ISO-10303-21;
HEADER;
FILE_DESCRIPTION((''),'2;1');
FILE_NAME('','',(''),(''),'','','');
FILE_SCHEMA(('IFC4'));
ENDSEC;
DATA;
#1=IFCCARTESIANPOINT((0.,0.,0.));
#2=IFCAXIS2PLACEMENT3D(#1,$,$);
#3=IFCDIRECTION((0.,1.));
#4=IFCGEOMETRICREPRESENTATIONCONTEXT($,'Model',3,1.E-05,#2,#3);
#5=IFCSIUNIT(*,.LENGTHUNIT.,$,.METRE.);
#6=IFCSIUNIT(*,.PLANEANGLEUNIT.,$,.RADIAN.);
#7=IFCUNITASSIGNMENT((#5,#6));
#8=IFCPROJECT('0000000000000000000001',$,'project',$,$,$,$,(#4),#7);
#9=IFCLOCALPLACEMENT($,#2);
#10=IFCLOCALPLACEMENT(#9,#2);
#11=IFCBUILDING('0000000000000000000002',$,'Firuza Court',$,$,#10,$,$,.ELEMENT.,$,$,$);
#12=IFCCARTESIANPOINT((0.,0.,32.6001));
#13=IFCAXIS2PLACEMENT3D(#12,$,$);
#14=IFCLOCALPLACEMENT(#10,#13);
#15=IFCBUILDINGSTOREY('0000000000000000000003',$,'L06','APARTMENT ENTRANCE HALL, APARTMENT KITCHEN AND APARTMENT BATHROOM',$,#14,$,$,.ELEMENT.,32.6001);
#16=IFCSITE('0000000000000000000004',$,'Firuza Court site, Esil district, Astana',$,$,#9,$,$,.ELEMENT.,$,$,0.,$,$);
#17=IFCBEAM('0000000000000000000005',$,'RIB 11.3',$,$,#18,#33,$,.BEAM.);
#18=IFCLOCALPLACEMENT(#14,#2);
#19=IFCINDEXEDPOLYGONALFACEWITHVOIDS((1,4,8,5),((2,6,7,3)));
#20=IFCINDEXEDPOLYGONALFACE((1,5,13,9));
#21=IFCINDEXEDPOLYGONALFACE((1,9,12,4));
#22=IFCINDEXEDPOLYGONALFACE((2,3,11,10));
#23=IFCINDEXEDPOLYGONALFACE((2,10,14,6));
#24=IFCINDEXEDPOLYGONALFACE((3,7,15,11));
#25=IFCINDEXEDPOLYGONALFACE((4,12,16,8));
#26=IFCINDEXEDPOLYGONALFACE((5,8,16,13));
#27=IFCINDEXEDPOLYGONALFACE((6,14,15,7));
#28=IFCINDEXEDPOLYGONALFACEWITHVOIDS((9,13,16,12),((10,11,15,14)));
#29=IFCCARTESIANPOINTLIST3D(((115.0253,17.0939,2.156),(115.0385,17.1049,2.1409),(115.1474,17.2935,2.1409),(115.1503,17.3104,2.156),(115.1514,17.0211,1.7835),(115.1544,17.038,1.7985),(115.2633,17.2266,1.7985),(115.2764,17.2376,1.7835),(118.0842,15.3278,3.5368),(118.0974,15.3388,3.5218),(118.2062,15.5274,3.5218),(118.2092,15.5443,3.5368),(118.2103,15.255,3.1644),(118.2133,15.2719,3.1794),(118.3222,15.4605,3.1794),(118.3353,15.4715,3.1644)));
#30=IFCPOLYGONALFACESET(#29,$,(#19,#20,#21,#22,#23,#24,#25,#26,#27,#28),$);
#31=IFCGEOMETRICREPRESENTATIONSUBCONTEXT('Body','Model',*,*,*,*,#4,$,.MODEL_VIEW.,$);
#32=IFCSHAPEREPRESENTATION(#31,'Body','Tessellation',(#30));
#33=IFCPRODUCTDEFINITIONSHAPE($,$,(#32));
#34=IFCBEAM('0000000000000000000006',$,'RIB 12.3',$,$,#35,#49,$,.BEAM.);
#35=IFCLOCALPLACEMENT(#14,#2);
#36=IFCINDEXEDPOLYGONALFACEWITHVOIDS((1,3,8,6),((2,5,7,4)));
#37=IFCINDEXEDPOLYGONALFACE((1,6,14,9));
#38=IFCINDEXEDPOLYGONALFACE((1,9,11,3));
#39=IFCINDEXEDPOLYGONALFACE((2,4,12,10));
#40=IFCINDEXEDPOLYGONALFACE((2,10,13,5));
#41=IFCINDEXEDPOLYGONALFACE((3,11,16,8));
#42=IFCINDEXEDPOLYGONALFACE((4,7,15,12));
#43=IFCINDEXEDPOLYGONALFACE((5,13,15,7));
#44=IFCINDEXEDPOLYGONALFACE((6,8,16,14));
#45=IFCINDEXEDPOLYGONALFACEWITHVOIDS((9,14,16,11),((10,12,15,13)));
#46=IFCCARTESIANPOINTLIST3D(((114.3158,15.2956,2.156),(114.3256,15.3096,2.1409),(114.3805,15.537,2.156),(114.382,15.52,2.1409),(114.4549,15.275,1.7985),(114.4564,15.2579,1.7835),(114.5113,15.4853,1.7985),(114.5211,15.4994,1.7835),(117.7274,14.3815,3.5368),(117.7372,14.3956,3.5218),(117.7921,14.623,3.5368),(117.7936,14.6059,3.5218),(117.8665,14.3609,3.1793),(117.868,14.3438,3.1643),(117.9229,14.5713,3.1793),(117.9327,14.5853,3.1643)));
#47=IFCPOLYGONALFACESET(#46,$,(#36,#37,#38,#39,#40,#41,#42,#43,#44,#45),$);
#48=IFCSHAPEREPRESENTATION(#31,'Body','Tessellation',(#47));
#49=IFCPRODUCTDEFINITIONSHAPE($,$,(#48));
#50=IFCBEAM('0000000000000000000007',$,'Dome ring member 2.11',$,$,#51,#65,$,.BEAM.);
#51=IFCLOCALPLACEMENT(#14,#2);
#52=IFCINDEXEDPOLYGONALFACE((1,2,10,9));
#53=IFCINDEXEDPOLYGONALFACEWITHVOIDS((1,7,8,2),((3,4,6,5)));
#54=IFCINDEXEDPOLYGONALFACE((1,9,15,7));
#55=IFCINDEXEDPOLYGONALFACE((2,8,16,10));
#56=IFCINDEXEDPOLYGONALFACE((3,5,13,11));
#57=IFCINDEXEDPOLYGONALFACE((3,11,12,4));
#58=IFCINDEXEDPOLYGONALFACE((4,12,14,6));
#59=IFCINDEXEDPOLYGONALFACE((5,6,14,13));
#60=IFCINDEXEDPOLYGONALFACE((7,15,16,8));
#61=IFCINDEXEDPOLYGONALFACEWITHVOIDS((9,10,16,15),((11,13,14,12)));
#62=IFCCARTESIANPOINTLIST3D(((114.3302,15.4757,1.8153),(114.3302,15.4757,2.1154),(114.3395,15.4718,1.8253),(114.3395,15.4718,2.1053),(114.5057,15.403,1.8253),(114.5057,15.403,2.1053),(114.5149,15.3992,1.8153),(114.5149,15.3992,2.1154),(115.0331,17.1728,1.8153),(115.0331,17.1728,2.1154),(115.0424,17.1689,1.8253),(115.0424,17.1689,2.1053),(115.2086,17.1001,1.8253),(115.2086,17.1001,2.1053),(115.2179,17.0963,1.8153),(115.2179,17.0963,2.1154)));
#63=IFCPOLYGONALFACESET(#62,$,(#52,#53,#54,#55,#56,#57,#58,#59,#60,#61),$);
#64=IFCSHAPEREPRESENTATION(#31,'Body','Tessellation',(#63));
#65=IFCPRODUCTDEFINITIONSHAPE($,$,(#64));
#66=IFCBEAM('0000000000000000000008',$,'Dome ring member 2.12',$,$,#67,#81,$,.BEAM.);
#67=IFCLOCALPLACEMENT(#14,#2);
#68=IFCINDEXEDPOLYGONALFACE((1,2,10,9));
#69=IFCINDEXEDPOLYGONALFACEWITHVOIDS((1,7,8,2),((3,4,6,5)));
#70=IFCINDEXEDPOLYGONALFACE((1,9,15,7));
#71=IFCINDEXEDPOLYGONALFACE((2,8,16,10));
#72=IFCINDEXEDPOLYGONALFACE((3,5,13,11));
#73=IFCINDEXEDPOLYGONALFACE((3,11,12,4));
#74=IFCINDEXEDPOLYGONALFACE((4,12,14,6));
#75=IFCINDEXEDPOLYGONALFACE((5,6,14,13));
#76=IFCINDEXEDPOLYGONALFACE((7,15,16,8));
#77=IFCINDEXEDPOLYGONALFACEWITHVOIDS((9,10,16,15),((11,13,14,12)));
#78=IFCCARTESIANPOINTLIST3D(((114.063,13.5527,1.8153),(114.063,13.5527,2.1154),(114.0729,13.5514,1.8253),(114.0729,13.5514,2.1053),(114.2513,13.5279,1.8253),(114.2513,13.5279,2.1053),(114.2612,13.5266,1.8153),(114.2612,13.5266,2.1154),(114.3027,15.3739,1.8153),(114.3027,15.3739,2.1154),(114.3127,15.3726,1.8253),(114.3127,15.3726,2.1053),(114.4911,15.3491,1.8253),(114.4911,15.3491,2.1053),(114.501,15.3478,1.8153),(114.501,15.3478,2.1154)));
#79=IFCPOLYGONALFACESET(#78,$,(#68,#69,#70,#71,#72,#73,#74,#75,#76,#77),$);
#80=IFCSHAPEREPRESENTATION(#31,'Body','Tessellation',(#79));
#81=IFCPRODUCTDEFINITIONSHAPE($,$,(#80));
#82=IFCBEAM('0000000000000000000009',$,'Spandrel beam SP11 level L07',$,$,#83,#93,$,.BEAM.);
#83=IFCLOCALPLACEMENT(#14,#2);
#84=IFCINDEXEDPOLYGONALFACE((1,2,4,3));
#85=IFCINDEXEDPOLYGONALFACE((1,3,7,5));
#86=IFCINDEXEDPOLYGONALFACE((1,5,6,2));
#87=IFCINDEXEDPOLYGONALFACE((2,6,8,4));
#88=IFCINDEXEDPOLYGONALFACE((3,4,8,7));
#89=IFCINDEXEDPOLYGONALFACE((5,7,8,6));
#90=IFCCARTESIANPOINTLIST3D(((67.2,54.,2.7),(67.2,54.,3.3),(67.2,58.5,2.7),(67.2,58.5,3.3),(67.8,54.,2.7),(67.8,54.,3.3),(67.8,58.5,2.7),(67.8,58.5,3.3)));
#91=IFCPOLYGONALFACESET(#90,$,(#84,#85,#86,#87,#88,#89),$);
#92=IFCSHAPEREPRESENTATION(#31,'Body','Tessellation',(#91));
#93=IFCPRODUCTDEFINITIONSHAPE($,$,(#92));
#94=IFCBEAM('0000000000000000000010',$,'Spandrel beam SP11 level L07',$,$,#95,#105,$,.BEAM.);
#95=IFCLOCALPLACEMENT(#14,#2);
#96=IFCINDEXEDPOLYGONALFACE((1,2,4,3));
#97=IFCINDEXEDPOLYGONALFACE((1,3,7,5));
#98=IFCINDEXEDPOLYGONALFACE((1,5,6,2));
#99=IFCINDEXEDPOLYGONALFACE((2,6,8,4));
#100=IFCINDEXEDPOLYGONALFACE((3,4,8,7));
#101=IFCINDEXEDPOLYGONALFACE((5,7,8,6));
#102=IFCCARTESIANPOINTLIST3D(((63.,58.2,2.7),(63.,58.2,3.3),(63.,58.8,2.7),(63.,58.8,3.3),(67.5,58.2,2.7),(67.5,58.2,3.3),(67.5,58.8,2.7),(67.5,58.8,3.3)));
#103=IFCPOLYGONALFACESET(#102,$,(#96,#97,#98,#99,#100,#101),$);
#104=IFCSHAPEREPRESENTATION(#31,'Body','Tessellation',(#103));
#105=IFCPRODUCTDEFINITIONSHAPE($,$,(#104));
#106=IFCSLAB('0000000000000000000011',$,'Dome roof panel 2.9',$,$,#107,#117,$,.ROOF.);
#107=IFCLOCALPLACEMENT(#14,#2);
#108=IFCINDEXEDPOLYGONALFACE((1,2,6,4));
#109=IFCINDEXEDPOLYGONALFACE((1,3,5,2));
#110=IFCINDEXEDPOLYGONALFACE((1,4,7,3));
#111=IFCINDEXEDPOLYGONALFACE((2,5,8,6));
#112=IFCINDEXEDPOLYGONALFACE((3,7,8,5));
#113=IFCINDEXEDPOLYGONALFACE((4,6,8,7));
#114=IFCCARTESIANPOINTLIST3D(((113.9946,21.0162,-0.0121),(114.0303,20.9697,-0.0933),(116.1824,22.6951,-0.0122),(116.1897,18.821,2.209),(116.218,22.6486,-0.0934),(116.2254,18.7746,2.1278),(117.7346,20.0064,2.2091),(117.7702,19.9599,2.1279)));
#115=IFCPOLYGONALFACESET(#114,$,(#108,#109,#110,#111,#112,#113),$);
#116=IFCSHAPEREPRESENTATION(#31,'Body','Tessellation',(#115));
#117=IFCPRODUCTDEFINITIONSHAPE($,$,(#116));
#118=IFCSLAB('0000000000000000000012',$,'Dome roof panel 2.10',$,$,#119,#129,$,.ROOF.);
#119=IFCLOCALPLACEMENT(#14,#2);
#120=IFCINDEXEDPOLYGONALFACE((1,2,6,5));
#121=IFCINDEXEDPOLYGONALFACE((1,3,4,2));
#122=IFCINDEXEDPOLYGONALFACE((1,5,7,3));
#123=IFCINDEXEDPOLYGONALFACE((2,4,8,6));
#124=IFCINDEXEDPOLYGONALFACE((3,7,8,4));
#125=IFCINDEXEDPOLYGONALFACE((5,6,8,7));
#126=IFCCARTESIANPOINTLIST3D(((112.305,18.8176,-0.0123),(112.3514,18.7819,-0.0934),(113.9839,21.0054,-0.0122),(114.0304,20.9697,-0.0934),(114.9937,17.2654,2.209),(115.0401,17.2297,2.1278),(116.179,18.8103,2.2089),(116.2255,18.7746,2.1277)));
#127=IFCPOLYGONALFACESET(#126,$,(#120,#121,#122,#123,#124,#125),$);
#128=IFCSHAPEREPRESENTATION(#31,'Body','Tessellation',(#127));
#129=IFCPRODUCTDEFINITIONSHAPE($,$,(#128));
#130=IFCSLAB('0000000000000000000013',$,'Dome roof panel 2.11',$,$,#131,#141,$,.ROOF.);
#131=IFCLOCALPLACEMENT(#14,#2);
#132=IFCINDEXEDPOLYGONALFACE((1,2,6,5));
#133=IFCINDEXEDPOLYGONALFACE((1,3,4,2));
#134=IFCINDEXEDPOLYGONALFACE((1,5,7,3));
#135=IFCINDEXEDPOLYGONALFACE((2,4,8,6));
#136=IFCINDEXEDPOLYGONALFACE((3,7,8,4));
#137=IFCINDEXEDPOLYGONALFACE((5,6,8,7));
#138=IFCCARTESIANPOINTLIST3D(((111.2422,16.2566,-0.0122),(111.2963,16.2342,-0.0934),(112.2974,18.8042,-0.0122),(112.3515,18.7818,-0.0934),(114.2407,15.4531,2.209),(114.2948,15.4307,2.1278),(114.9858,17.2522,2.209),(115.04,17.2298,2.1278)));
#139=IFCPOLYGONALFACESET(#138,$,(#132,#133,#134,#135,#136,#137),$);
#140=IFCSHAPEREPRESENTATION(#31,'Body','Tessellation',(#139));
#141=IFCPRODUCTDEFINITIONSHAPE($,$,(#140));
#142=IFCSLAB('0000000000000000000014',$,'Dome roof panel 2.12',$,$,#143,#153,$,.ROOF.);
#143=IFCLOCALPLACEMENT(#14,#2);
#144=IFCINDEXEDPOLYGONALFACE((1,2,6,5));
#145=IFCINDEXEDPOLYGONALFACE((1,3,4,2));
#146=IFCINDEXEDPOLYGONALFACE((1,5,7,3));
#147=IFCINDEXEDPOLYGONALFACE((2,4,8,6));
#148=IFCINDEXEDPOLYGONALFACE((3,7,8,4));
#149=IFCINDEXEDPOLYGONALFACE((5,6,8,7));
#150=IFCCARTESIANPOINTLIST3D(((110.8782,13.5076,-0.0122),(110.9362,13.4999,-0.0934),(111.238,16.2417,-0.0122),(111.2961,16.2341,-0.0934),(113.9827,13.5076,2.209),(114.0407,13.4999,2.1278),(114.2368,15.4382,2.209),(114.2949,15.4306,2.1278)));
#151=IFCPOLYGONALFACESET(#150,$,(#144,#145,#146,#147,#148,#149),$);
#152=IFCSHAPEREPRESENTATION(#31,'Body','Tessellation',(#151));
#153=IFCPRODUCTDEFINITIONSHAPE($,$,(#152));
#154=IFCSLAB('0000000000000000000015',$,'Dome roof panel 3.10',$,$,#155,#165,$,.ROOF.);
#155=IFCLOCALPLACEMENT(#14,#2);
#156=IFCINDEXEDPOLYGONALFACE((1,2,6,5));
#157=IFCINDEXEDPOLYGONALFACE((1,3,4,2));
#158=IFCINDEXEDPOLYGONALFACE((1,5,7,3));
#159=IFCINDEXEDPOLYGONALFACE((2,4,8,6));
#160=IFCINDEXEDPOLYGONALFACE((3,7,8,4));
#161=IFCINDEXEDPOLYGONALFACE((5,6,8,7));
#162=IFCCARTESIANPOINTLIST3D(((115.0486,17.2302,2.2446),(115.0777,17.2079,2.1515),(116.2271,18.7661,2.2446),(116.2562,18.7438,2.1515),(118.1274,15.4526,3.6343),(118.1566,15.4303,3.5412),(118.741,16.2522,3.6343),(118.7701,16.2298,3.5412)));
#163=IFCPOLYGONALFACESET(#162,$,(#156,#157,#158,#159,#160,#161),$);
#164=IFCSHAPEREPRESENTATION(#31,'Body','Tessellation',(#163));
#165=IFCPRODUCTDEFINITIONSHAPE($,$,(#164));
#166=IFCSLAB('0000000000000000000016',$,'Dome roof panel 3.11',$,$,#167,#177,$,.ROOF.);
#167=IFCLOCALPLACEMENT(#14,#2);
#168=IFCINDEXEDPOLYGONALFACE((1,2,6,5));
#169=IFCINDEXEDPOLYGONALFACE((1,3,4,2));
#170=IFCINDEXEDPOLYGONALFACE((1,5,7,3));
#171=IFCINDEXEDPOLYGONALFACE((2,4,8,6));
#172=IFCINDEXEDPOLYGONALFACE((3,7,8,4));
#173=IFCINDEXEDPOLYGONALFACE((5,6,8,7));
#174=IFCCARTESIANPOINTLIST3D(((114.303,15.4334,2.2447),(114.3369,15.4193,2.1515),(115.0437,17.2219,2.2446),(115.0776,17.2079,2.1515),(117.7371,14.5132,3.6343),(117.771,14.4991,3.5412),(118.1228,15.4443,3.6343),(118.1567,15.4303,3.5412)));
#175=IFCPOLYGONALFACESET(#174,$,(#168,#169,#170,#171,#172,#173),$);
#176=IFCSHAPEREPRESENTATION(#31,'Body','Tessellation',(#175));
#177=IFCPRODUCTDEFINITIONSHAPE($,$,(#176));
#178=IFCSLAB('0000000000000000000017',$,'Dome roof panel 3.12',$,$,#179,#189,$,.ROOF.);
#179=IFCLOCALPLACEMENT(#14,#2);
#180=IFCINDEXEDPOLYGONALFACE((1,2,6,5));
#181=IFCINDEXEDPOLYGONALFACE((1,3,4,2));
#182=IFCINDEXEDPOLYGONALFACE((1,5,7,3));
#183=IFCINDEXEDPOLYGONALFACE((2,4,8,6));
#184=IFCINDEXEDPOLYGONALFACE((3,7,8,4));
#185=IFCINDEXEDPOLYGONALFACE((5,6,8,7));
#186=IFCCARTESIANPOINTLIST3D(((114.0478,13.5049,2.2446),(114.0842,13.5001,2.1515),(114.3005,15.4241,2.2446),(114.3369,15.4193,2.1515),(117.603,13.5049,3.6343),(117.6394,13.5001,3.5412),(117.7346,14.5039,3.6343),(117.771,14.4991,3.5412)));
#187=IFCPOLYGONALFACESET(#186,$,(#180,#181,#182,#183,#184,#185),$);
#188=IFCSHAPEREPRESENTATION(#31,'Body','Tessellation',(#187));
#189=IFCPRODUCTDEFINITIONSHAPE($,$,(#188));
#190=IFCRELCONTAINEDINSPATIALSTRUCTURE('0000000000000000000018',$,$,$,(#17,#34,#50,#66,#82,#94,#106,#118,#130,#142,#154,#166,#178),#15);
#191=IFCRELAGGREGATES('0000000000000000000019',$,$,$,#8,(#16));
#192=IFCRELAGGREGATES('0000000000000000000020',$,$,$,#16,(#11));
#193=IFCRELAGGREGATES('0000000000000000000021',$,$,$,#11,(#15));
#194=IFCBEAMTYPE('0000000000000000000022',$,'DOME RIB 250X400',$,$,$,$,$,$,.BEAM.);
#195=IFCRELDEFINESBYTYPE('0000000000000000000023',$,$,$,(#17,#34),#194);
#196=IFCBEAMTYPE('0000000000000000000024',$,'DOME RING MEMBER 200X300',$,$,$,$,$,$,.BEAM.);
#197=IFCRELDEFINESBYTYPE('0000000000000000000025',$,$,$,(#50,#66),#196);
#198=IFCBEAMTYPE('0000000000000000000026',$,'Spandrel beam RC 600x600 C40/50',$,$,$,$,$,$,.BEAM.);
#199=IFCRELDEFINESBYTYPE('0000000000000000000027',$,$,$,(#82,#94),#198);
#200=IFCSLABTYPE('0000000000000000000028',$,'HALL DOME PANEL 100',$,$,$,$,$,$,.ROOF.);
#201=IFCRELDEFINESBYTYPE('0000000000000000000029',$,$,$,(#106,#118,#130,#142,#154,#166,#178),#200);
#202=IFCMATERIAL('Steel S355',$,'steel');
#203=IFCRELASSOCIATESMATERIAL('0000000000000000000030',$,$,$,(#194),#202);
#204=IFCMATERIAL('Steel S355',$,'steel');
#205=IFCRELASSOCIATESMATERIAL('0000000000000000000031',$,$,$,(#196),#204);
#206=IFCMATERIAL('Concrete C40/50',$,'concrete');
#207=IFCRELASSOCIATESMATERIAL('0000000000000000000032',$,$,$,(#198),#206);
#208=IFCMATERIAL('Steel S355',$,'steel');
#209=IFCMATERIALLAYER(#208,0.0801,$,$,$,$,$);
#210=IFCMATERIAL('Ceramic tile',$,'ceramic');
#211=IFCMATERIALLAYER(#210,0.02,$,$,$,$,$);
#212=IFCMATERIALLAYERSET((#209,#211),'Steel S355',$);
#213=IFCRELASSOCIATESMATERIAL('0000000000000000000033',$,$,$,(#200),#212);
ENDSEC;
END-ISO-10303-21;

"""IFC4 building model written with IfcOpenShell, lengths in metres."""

from ifc_helpers import new_model, si_unit, direction, frame, origin, origin_2d, place, context, subcontext, project, spatial, polyline, rectangle, hollow_rectangle, outline, extrude, material, layer, layer_set, material_profile, profile_set, type_object, element, save


model = new_model("IFC4")

# Units and contexts
model_context = context("Model", 3, precision=1e-05, world=origin(), true_north=direction((0.0, 1.0)))
body_context = subcontext(model_context, "Body", "Model", "MODEL_VIEW")
ifc_project = project(units=[si_unit("LENGTHUNIT", "METRE"), si_unit("PLANEANGLEUNIT", "RADIAN")], contexts=[model_context])

# Site, building, storey
site_placement = place(None, origin())
site = spatial("IfcSite", under=ifc_project, at=site_placement, Name="Firuza Court site, Esil district, Astana", CompositionType="ELEMENT", RefElevation=0.0)
building_placement = place(site_placement, origin())
building = spatial("IfcBuilding", under=site, at=building_placement, Name="Firuza Court", CompositionType="ELEMENT")
storey_placement = place(building_placement, frame((0.0, 0.0, 32.6001)))
storey = spatial("IfcBuildingStorey", under=building, at=storey_placement, Name="L06", Description="APARTMENT ENTRANCE HALL, APARTMENT KITCHEN AND APARTMENT BATHROOM", CompositionType="ELEMENT", Elevation=32.6001)

# Beams
ifc_material_1 = material(Name="Steel S355", Category="steel")
ifc_material_profile_1 = material_profile(ifc_material_1, hollow_rectangle(XDim=0.25, YDim=0.3999, WallThickness=0.0161, at=origin_2d()), Name="RHS 400X250X16")
ifc_profile_set_1 = profile_set([ifc_material_profile_1], Name="Steel S355")
beam_type_1 = type_object("IfcBeamType", Name="DOME RIB 250X400", PredefinedType="BEAM", material=ifc_profile_set_1)
beam_1_placement = place(storey_placement, frame((115.1509, 17.1658, 1.9697), z_axis=(0.806567, -0.465696, 0.364111), x_axis=(0.50002, 0.866014, 0.0)))
element("IfcBeam", 1, at=beam_1_placement, inside=storey, type_object=beam_type_1, Name="RIB 11.3", PredefinedType="BEAM", context=body_context, shape_type="SweptSolid", body=[
    extrude(hollow_rectangle(XDim=0.25, YDim=0.3999, WallThickness=0.0161, at=origin_2d()), origin(), (0.0, 0.0, 1.0), 3.7925),
])
beam_2_placement = place(storey_placement, frame((114.4185, 15.3975, 1.9697), z_axis=(0.899621, -0.241032, 0.364123), x_axis=(0.258798, 0.965931, 0.0)))
element("IfcBeam", 2, at=beam_2_placement, inside=storey, type_object=beam_type_1, Name="RIB 12.3", PredefinedType="BEAM", context=body_context, shape_type="SweptSolid", body=[
    extrude(hollow_rectangle(XDim=0.25, YDim=0.3999, WallThickness=0.0161, at=origin_2d()), origin(), (0.0, 0.0, 1.0), 3.7922),
])
ifc_material_2 = material(Name="Steel S355", Category="steel")
ifc_material_profile_2 = material_profile(ifc_material_2, hollow_rectangle(XDim=0.2, YDim=0.3, WallThickness=0.01, at=origin_2d()), Name="RHS 300X200X10")
ifc_profile_set_2 = profile_set([ifc_material_profile_2], Name="Steel S355")
beam_type_2 = type_object("IfcBeamType", Name="DOME RING MEMBER 200X300", PredefinedType="BEAM", material=ifc_profile_set_2)
for number, where, z_axis, x_axis, name in (
    (3, (115.1255, 17.1345, 1.9653), (-0.382661, -0.923889, 0.0), (0.923889, -0.382661, 0.0), "Dome ring member 2.11"),
    (4, (114.4019, 15.3608, 1.9653), (-0.13051, -0.991447, 0.0), (0.991447, -0.13051, 0.0), "Dome ring member 2.12"),
):
    element("IfcBeam", number, at=place(storey_placement, frame(where, z_axis=z_axis, x_axis=x_axis)), inside=storey, type_object=beam_type_2, Name=name, PredefinedType="BEAM", context=body_context, shape_type="SweptSolid", body=[
        extrude(hollow_rectangle(XDim=0.2, YDim=0.3, WallThickness=0.01, at=origin_2d()), origin(), (0.0, 0.0, 1.0), 1.8369),
    ])
ifc_material_3 = material(Name="Concrete C40/50", Category="concrete")
ifc_material_profile_3 = material_profile(ifc_material_3, rectangle(XDim=0.6001, YDim=0.6001, at=origin_2d()), Name="RC 600x600")
ifc_profile_set_3 = profile_set([ifc_material_profile_3], Name="Concrete C40/50")
beam_type_3 = type_object("IfcBeamType", Name="Spandrel beam RC 600x600 C40/50", PredefinedType="BEAM", material=ifc_profile_set_3)
for number, where, z_axis, x_axis, name in (
    (5, (67.5, 54.0, 3.0), (0.0, 1.0, 0.0), (-1.0, 0.0, 0.0), "Spandrel beam SP11 level L07"),
    (6, (67.5, 58.5, 3.0), (-1.0, 0.0, 0.0), (0.0, -1.0, 0.0), "Spandrel beam SP11 level L07"),
):
    element("IfcBeam", number, at=place(storey_placement, frame(where, z_axis=z_axis, x_axis=x_axis)), inside=storey, type_object=beam_type_3, Name=name, PredefinedType="BEAM", context=body_context, shape_type="SweptSolid", body=[
        extrude(rectangle(XDim=0.6001, YDim=0.6001, at=origin_2d()), origin(), (0.0, 0.0, 1.0), 4.5),
    ])

# Slabs
ifc_material_4 = material(Name="Steel S355", Category="steel")
ifc_layer_1 = layer(ifc_material_4, 0.0801)
ifc_material_5 = material(Name="Ceramic tile", Category="ceramic")
ifc_layer_2 = layer(ifc_material_5, 0.02)
ifc_layer_set_1 = layer_set([ifc_layer_1, ifc_layer_2], Name="Steel S355")
slab_type = type_object("IfcSlabType", Name="HALL DOME PANEL 100", PredefinedType="ROOF", material=ifc_layer_set_1)
slab_1_placement = place(storey_placement, frame((116.1824, 22.6951, -0.0122), z_axis=(-0.356248, 0.464258, 0.810896), x_axis=(0.406618, -0.704326, 0.581882)))
element("IfcSlab", 7, at=slab_1_placement, inside=storey, type_object=slab_type, Name="Dome roof panel 2.9", PredefinedType="ROOF", context=body_context, shape_type="SweptSolid", body=[
    extrude(outline(polyline([(0.0, 0.0), (3.8174, 0.0), (4.024, -1.9362), (0.293, -2.7421), (0.0, 0.0)])), origin(), (0.0, 0.0, -1.0), 0.1001),
])
slab_2_placement = place(storey_placement, frame((113.9839, 21.0054, -0.0122), z_axis=(-0.464258, 0.356248, 0.810896), x_axis=(0.575071, -0.575068, 0.581885)))
element("IfcSlab", 8, at=slab_2_placement, inside=storey, type_object=slab_type, Name="Dome roof panel 2.10", PredefinedType="ROOF", context=body_context, shape_type="SweptSolid", body=[
    extrude(outline(polyline([(0.0, 0.0), (3.8171, 0.0), (4.0239, -1.9362), (0.2926, -2.7422), (0.0, 0.0)])), origin(), (0.0, 0.0, -1.0), 0.1001),
])
slab_3_placement = place(storey_placement, frame((112.2974, 18.8042, -0.0122), z_axis=(-0.540669, 0.223932, 0.810883), x_axis=(0.704324, -0.406592, 0.581902)))
element("IfcSlab", 9, at=slab_3_placement, inside=storey, type_object=slab_type, Name="Dome roof panel 2.11", PredefinedType="ROOF", context=body_context, shape_type="SweptSolid", body=[
    extrude(outline(polyline([(0.0, 0.0), (3.8171, 0.0), (4.0238, -1.9363), (0.2926, -2.7419), (0.0, 0.0)])), origin(), (0.0, 0.0, -1.0), 0.1001),
])
slab_4_placement = place(storey_placement, frame((111.238, 16.2417, -0.0122), z_axis=(-0.580177, 0.076367, 0.810902), x_axis=(0.78557, -0.210479, 0.581875)))
element("IfcSlab", 10, at=slab_4_placement, inside=storey, type_object=slab_type, Name="Dome roof panel 2.12", PredefinedType="ROOF", context=body_context, shape_type="SweptSolid", body=[
    extrude(outline(polyline([(0.0, 0.0), (3.8173, 0.0), (4.024, -1.9363), (0.2928, -2.7421), (0.0, 0.0)])), origin(), (0.0, 0.0, -1.0), 0.1001),
])
slab_5_placement = place(storey_placement, frame((116.2271, 18.7661, 2.2446), z_axis=(-0.290987, 0.223274, 0.930309), x_axis=(0.658583, -0.658583, 0.364055)))
element("IfcSlab", 11, at=slab_5_placement, inside=storey, type_object=slab_type, Name="Dome roof panel 3.10", PredefinedType="ROOF", context=body_context, shape_type="SweptSolid", body=[
    extrude(outline(polyline([(0.0, 0.0), (3.8172, 0.0), (3.9397, -1.0003), (0.2354, -1.9215), (0.0, 0.0)])), origin(), (0.0, 0.0, -1.0), 0.1001),
])
slab_6_placement = place(storey_placement, frame((115.0437, 17.2219, 2.2446), z_axis=(-0.338851, 0.140346, 0.930313), x_axis=(0.806615, -0.465665, 0.364045)))
element("IfcSlab", 12, at=slab_6_placement, inside=storey, type_object=slab_type, Name="Dome roof panel 3.11", PredefinedType="ROOF", context=body_context, shape_type="SweptSolid", body=[
    extrude(outline(polyline([(0.0, 0.0), (3.8173, 0.0), (3.9398, -1.0004), (0.2354, -1.9215), (0.0, 0.0)])), origin(), (0.0, 0.0, -1.0), 0.1001),
])
slab_7_placement = place(storey_placement, frame((114.3005, 15.4241, 2.2446), z_axis=(-0.363636, 0.047884, 0.93031), x_axis=(0.899641, -0.24106, 0.364056)))
element("IfcSlab", 13, at=slab_7_placement, inside=storey, type_object=slab_type, Name="Dome roof panel 3.12", PredefinedType="ROOF", context=body_context, shape_type="SweptSolid", body=[
    extrude(outline(polyline([(0.0, 0.0), (3.8172, 0.0), (3.9396, -1.0002), (0.2353, -1.9214), (0.0, 0.0)])), origin(), (0.0, 0.0, -1.0), 0.1001),
])

save(model, "model.ifc")
